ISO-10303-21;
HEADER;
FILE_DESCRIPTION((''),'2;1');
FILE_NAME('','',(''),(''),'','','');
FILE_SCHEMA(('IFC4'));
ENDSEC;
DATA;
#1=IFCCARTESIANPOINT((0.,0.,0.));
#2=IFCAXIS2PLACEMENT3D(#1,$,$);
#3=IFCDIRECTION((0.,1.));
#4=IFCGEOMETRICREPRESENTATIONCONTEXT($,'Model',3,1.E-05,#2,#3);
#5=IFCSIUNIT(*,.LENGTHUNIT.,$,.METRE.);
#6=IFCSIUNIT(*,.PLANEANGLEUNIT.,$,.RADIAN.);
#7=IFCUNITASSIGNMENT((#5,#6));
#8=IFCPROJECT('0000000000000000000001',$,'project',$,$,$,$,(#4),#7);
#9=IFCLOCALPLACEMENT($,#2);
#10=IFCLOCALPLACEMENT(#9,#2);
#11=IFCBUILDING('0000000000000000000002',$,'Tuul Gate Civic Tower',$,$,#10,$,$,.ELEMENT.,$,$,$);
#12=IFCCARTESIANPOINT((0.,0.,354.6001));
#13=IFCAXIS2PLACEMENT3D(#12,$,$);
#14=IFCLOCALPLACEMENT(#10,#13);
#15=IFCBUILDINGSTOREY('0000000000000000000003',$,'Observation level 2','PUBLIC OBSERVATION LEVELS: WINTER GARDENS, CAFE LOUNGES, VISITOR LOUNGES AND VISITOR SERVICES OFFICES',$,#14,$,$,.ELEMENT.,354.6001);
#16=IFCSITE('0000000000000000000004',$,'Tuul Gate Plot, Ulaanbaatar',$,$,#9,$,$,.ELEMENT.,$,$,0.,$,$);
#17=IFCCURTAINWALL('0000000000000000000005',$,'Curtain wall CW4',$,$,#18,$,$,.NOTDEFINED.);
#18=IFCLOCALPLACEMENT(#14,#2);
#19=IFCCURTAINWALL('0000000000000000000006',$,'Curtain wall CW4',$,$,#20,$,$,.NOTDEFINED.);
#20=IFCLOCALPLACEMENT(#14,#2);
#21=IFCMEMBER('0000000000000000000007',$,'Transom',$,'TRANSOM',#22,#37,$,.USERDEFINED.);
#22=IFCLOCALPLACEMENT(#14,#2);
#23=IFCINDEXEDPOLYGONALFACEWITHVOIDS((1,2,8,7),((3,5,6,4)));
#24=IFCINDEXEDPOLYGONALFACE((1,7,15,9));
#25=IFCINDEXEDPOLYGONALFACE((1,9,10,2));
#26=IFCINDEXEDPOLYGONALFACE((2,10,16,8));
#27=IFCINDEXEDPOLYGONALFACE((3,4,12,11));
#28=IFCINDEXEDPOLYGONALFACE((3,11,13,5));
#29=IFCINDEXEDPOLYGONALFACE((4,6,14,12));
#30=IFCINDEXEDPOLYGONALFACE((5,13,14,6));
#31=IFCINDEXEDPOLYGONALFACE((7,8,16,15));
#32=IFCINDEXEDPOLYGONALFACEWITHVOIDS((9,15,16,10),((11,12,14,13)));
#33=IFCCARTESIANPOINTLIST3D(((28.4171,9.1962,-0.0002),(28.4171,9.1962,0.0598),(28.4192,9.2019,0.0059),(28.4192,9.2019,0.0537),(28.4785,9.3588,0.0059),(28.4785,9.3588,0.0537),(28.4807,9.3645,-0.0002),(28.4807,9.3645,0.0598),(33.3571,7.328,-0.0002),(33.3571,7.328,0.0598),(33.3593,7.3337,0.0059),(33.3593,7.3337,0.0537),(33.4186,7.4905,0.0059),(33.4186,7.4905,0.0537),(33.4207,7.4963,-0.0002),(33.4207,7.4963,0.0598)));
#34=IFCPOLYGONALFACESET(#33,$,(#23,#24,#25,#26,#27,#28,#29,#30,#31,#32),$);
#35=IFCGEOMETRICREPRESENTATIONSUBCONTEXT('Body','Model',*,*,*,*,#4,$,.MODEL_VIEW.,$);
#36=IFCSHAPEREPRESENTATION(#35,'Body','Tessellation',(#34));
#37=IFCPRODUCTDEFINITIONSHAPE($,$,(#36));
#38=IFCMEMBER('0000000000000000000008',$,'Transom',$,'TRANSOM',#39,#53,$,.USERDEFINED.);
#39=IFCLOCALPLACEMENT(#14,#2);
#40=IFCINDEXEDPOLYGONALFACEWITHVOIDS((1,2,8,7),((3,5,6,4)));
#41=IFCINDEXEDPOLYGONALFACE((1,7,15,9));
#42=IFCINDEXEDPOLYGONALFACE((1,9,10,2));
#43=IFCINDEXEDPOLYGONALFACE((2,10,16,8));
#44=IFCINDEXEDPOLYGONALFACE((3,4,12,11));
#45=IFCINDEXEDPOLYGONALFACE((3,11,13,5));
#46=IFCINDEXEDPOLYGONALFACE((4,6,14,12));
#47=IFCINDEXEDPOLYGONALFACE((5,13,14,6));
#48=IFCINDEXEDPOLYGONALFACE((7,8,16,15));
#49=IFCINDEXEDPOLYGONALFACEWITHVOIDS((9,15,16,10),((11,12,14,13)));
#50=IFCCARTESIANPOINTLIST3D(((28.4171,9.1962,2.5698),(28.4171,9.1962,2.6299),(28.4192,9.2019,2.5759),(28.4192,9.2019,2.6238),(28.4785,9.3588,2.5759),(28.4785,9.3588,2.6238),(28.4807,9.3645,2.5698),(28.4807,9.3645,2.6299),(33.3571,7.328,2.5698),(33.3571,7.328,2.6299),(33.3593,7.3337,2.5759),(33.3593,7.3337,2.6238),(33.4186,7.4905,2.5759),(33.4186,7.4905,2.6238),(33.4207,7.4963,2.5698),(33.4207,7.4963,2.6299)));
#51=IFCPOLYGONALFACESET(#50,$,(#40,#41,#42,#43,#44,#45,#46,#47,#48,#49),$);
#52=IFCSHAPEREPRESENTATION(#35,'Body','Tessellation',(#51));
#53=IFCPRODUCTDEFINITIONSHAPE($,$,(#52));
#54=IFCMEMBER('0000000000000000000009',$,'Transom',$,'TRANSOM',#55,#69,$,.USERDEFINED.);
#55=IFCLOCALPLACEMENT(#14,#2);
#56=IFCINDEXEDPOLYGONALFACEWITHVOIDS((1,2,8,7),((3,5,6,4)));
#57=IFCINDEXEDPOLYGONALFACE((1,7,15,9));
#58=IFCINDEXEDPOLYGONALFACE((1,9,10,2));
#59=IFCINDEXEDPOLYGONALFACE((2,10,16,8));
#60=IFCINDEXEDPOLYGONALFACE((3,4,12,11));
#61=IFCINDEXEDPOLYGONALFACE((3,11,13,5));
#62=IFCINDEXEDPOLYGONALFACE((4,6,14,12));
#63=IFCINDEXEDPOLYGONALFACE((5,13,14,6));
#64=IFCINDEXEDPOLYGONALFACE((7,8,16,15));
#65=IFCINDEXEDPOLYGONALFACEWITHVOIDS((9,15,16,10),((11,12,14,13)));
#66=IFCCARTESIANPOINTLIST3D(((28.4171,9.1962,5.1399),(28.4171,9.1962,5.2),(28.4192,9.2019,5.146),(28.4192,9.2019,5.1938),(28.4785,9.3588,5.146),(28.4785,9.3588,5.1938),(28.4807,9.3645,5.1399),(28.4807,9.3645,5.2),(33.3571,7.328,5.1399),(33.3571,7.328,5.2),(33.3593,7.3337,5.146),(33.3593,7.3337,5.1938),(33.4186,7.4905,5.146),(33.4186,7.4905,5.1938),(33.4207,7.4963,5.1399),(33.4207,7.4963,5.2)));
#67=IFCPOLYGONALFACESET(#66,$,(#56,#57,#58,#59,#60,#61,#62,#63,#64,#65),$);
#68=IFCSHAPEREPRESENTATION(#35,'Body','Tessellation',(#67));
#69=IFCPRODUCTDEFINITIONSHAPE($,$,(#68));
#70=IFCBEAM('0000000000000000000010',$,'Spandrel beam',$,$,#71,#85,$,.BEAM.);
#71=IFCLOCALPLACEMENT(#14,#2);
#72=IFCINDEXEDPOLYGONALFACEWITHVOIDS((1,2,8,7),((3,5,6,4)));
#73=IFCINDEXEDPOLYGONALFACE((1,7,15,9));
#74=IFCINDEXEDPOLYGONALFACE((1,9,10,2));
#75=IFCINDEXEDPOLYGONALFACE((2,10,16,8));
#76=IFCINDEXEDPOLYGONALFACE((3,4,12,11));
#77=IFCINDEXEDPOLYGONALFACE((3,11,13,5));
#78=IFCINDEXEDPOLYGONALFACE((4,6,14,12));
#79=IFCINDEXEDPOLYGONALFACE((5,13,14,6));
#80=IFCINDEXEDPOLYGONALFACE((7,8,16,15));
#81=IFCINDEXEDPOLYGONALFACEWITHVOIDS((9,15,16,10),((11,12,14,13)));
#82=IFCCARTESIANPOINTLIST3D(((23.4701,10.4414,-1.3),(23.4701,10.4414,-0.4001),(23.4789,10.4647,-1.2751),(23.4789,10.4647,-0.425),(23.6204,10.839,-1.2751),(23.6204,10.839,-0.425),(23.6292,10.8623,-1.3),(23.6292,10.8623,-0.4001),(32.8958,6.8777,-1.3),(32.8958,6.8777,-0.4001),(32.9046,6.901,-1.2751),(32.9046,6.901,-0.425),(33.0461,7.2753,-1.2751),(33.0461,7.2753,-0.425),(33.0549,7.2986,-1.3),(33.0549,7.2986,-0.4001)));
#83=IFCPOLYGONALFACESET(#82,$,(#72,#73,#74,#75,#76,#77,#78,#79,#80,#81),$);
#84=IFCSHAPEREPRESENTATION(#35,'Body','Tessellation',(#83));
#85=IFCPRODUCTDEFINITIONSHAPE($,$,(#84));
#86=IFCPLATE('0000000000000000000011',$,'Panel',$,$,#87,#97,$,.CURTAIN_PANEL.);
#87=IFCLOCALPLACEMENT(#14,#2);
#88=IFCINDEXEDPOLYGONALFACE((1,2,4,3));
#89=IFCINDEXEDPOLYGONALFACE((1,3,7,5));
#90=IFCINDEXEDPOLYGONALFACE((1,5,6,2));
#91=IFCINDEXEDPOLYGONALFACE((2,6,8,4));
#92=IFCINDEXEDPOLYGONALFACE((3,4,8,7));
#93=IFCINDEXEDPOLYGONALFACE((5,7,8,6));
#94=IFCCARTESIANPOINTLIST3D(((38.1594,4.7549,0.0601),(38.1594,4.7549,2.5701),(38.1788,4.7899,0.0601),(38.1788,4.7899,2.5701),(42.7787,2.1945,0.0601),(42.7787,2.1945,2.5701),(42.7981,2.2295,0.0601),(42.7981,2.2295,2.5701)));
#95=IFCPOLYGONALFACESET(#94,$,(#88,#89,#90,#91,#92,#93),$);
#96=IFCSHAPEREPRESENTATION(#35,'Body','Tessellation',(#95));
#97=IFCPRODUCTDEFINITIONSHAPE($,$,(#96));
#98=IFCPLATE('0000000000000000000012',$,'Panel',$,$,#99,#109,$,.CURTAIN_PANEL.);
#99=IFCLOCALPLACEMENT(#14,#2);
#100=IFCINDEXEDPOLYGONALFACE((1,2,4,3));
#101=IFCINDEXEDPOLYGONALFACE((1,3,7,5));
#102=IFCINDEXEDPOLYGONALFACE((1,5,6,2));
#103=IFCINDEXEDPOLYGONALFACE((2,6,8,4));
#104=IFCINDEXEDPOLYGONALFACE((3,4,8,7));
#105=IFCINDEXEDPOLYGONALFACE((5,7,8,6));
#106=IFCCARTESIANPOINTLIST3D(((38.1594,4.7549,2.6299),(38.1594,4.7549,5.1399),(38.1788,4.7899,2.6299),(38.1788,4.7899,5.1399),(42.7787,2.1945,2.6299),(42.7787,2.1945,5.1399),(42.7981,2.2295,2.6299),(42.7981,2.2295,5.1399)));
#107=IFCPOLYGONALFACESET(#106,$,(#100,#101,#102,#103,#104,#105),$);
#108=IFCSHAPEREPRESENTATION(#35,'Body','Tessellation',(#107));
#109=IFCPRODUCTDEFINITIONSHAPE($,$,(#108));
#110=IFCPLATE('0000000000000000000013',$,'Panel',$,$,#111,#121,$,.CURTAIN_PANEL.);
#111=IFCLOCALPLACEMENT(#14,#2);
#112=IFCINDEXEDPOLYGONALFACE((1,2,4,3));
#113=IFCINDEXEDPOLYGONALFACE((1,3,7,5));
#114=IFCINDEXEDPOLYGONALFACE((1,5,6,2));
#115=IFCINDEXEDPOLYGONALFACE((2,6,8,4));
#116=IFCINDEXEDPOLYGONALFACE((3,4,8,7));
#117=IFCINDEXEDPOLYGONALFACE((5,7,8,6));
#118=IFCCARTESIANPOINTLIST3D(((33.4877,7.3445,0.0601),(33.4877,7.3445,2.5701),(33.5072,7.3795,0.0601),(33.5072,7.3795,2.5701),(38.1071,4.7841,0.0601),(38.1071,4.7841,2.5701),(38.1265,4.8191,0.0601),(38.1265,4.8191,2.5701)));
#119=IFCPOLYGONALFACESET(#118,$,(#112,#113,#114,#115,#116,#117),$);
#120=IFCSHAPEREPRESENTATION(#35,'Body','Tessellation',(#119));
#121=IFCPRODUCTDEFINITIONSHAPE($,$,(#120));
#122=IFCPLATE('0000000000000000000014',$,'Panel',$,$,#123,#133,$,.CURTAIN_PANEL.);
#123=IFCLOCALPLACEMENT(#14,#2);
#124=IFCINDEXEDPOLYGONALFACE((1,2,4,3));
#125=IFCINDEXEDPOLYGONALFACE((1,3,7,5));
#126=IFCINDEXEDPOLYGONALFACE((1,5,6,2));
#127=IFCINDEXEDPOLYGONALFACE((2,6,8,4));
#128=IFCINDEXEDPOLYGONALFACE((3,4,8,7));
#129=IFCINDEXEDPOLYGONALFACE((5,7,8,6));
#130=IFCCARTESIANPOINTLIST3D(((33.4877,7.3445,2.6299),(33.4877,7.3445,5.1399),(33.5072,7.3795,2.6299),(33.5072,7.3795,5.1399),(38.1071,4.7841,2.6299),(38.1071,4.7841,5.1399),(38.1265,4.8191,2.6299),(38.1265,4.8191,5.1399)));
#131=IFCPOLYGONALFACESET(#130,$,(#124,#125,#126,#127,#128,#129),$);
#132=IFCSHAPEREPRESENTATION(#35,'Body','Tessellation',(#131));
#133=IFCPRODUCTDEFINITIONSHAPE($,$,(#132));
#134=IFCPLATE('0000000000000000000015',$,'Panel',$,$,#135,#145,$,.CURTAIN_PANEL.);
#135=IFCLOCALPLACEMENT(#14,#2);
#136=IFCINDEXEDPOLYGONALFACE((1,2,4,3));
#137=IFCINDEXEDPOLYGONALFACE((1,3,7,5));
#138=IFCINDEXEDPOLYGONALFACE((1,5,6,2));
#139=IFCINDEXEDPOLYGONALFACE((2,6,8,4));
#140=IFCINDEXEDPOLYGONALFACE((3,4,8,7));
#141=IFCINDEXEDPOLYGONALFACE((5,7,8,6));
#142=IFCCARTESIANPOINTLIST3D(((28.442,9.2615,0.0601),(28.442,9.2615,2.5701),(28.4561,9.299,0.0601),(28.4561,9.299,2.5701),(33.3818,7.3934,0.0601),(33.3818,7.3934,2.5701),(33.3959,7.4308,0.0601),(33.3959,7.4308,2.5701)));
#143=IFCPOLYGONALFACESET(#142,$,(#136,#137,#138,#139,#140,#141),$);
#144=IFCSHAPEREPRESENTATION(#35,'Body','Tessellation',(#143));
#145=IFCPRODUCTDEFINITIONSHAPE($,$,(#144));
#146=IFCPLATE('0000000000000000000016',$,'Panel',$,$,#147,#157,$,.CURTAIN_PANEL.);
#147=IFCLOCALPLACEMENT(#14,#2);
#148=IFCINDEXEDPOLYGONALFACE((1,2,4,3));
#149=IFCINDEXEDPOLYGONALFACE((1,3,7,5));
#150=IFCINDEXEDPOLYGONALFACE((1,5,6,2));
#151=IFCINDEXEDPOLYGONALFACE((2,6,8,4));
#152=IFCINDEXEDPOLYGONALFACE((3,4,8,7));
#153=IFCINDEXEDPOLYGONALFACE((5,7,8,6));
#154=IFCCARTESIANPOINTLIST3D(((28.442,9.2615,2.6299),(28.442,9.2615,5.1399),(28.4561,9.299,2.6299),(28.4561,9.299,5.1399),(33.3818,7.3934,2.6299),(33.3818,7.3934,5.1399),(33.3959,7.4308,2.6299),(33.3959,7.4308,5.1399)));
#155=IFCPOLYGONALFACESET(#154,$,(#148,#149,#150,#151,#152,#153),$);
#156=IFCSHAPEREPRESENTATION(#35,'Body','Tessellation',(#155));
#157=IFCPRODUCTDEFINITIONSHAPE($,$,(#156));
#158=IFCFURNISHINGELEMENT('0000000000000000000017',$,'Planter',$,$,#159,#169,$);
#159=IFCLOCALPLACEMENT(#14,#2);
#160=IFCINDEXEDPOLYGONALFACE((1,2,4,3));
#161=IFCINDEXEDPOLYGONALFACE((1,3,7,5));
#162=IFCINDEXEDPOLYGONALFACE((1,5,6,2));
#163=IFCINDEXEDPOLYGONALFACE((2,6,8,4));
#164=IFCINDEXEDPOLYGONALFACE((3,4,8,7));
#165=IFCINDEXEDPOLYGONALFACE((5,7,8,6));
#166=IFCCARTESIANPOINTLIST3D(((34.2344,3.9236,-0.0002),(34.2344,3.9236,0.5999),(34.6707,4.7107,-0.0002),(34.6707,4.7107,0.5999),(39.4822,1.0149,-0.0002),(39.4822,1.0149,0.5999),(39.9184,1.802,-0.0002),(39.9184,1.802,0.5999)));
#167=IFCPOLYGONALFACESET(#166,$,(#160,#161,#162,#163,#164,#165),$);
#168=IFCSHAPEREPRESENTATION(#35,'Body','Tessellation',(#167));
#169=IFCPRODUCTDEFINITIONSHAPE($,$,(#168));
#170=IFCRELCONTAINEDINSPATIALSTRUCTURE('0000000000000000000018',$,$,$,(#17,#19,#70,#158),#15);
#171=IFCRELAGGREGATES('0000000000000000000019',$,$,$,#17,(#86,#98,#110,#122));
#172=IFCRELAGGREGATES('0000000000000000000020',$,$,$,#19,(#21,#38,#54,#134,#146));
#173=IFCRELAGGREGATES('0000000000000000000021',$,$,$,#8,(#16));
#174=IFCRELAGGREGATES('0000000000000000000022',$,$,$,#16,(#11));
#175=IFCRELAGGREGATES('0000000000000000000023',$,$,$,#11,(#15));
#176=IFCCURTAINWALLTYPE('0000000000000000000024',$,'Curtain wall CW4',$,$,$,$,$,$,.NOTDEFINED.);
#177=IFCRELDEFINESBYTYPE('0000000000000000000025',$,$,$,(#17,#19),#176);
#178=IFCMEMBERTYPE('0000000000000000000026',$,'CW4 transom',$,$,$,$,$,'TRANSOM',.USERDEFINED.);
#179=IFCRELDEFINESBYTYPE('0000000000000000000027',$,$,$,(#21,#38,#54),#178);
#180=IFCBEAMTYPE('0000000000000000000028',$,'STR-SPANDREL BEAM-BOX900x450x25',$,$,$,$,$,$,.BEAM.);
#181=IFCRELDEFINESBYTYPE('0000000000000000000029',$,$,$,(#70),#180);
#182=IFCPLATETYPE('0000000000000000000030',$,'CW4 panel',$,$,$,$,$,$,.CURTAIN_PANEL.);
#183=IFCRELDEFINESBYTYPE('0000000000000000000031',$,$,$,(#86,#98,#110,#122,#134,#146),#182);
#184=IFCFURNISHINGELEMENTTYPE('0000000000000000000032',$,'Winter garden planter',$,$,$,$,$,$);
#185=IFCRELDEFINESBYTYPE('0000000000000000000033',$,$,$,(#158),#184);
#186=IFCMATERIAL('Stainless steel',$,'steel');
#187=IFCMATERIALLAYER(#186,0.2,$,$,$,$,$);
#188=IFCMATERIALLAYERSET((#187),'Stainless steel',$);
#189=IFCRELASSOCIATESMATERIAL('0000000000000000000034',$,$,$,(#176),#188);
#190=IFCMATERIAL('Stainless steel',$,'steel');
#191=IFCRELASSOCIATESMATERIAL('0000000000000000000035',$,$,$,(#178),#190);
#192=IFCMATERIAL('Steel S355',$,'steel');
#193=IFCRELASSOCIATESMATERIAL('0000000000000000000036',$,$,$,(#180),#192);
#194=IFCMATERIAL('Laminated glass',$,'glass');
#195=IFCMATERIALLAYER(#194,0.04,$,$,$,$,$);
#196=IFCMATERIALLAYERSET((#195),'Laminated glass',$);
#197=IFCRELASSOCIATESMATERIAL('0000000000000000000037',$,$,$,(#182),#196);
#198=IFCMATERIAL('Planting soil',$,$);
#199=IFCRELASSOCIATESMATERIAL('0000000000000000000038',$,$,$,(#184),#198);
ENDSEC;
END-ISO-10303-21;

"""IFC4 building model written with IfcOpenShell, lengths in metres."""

from ifc_helpers import new_model, si_unit, direction, frame, origin, origin_2d, place, context, subcontext, project, spatial, rectangle, hollow_rectangle, extrude, material, layer, layer_set, material_profile, profile_set, type_object, element, aggregate, save


model = new_model("IFC4")

# Units and contexts
model_context = context("Model", 3, precision=1e-05, world=origin(), true_north=direction((0.0, 1.0)))
body_context = subcontext(model_context, "Body", "Model", "MODEL_VIEW")
ifc_project = project(units=[si_unit("LENGTHUNIT", "METRE"), si_unit("PLANEANGLEUNIT", "RADIAN")], contexts=[model_context])

# Site, building, storey
site_placement = place(None, origin())
site = spatial("IfcSite", under=ifc_project, at=site_placement, Name="Tuul Gate Plot, Ulaanbaatar", CompositionType="ELEMENT", RefElevation=0.0)
building_placement = place(site_placement, origin())
building = spatial("IfcBuilding", under=site, at=building_placement, Name="Tuul Gate Civic Tower", CompositionType="ELEMENT")
storey_placement = place(building_placement, frame((0.0, 0.0, 354.6001)))
storey = spatial("IfcBuildingStorey", under=building, at=storey_placement, Name="Observation level 2", Description="PUBLIC OBSERVATION LEVELS: WINTER GARDENS, CAFE LOUNGES, VISITOR LOUNGES AND VISITOR SERVICES OFFICES", CompositionType="ELEMENT", Elevation=354.6001)

# Curtain wall
ifc_material_1 = material(Name="Stainless steel", Category="steel")
ifc_layer_1 = layer(ifc_material_1, 0.2)
ifc_layer_set_1 = layer_set([ifc_layer_1], Name="Stainless steel")
curtain_wall_type = type_object("IfcCurtainWallType", Name="Curtain wall CW4", PredefinedType="NOTDEFINED", material=ifc_layer_set_1)
curtain_wall_1_placement = place(storey_placement, origin())
curtain_wall_1 = element("IfcCurtainWall", 1, at=curtain_wall_1_placement, inside=storey, type_object=curtain_wall_type, Name="Curtain wall CW4", PredefinedType="NOTDEFINED")

# Curtain wall
curtain_wall_2_placement = place(storey_placement, origin())
curtain_wall_2 = element("IfcCurtainWall", 2, at=curtain_wall_2_placement, inside=storey, type_object=curtain_wall_type, Name="Curtain wall CW4", PredefinedType="NOTDEFINED")

# Members
ifc_material_2 = material(Name="Stainless steel", Category="steel")
ifc_material_profile_1 = material_profile(ifc_material_2, hollow_rectangle(XDim=0.1799, YDim=0.0601, WallThickness=0.0061, at=origin_2d()), Name="CW4 transom")
ifc_profile_set_1 = profile_set([ifc_material_profile_1], Name="Stainless steel")
member_type_1 = type_object("IfcMemberType", Name="CW4 transom", ElementType="TRANSOM", PredefinedType="USERDEFINED", material=ifc_profile_set_1)
member_1_placement = place(storey_placement, frame((33.3889, 7.4121, 0.0298), z_axis=(-0.935349, 0.353726, 0.0), x_axis=(-0.353726, -0.935349, 0.0)))
member_1 = element("IfcMember", 3, at=member_1_placement, type_object=member_type_1, Name="Transom", ObjectType="TRANSOM", PredefinedType="USERDEFINED", context=body_context, shape_type="SweptSolid", body=[
    extrude(hollow_rectangle(XDim=0.1799, YDim=0.0601, WallThickness=0.0061, at=origin_2d()), origin(), (0.0, 0.0, 1.0), 5.2815),
])
member_2_placement = place(storey_placement, frame((33.3889, 7.4121, 2.5999), z_axis=(-0.935349, 0.353726, 0.0), x_axis=(-0.353726, -0.935349, 0.0)))
member_2 = element("IfcMember", 4, at=member_2_placement, type_object=member_type_1, Name="Transom", ObjectType="TRANSOM", PredefinedType="USERDEFINED", context=body_context, shape_type="SweptSolid", body=[
    extrude(hollow_rectangle(XDim=0.1799, YDim=0.0601, WallThickness=0.0061, at=origin_2d()), origin(), (0.0, 0.0, 1.0), 5.2815),
])
member_3_placement = place(storey_placement, frame((33.3889, 7.4121, 5.1699), z_axis=(-0.935349, 0.353726, 0.0), x_axis=(-0.353726, -0.935349, 0.0)))
member_3 = element("IfcMember", 5, at=member_3_placement, type_object=member_type_1, Name="Transom", ObjectType="TRANSOM", PredefinedType="USERDEFINED", context=body_context, shape_type="SweptSolid", body=[
    extrude(hollow_rectangle(XDim=0.1799, YDim=0.0601, WallThickness=0.0061, at=origin_2d()), origin(), (0.0, 0.0, 1.0), 5.2815),
])

# Beam
ifc_material_3 = material(Name="Steel S355", Category="steel")
ifc_material_profile_2 = material_profile(ifc_material_3, hollow_rectangle(XDim=0.45, YDim=0.8999, WallThickness=0.0249, at=origin_2d()), Name="BOX900x450x25")
ifc_profile_set_2 = profile_set([ifc_material_profile_2], Name="Steel S355")
beam_type = type_object("IfcBeamType", Name="STR-SPANDREL BEAM-BOX900x450x25", PredefinedType="BEAM", material=ifc_profile_set_2)
beam_placement = place(storey_placement, frame((32.9753, 7.0881, -0.8501), z_axis=(-0.935378, 0.35365, 0.0), x_axis=(-0.35365, -0.935378, 0.0)))
element("IfcBeam", 6, at=beam_placement, inside=storey, type_object=beam_type, Name="Spandrel beam", PredefinedType="BEAM", context=body_context, shape_type="SweptSolid", body=[
    extrude(hollow_rectangle(XDim=0.45, YDim=0.8999, WallThickness=0.0249, at=origin_2d()), origin(), (0.0, 0.0, 1.0), 10.0769),
])

# Plates
ifc_material_4 = material(Name="Laminated glass", Category="glass")
ifc_layer_2 = layer(ifc_material_4, 0.04)
ifc_layer_set_2 = layer_set([ifc_layer_2], Name="Laminated glass")
plate_type = type_object("IfcPlateType", Name="CW4 panel", PredefinedType="CURTAIN_PANEL", material=ifc_layer_set_2)
plate_1_placement = place(storey_placement, frame((40.4788, 3.4922, 0.0601), z_axis=(0.0, 0.0, 1.0), x_axis=(-0.874631, 0.484789, 0.0)))
plate_1 = element("IfcPlate", 7, at=plate_1_placement, type_object=plate_type, Name="Panel", PredefinedType="CURTAIN_PANEL", context=body_context, shape_type="SweptSolid", body=[
    extrude(rectangle(XDim=5.2815, YDim=0.04, at=origin_2d()), origin(), (0.0, 0.0, 1.0), 2.51),
])
plate_2_placement = place(storey_placement, frame((40.4788, 3.4922, 2.6299), z_axis=(0.0, 0.0, 1.0), x_axis=(-0.874631, 0.484789, 0.0)))
plate_2 = element("IfcPlate", 8, at=plate_2_placement, type_object=plate_type, Name="Panel", PredefinedType="CURTAIN_PANEL", context=body_context, shape_type="SweptSolid", body=[
    extrude(rectangle(XDim=5.2815, YDim=0.04, at=origin_2d()), origin(), (0.0, 0.0, 1.0), 2.51),
])
plate_3_placement = place(storey_placement, frame((35.8071, 6.0818, 0.0601), z_axis=(0.0, 0.0, 1.0), x_axis=(-0.874631, 0.484789, 0.0)))
plate_3 = element("IfcPlate", 9, at=plate_3_placement, type_object=plate_type, Name="Panel", PredefinedType="CURTAIN_PANEL", context=body_context, shape_type="SweptSolid", body=[
    extrude(rectangle(XDim=5.2815, YDim=0.04, at=origin_2d()), origin(), (0.0, 0.0, 1.0), 2.51),
])
plate_4_placement = place(storey_placement, frame((35.8071, 6.0818, 2.6299), z_axis=(0.0, 0.0, 1.0), x_axis=(-0.874631, 0.484789, 0.0)))
plate_4 = element("IfcPlate", 10, at=plate_4_placement, type_object=plate_type, Name="Panel", PredefinedType="CURTAIN_PANEL", context=body_context, shape_type="SweptSolid", body=[
    extrude(rectangle(XDim=5.2815, YDim=0.04, at=origin_2d()), origin(), (0.0, 0.0, 1.0), 2.51),
])
aggregate(curtain_wall_1, [plate_1, plate_2, plate_3, plate_4])
plate_5_placement = place(storey_placement, frame((30.9189, 8.3462, 0.0601), z_axis=(0.0, 0.0, 1.0), x_axis=(-0.935346, 0.353734, 0.0)))
plate_5 = element("IfcPlate", 11, at=plate_5_placement, type_object=plate_type, Name="Panel", PredefinedType="CURTAIN_PANEL", context=body_context, shape_type="SweptSolid", body=[
    extrude(rectangle(XDim=5.2812, YDim=0.04, at=origin_2d()), origin(), (0.0, 0.0, 1.0), 2.51),
])
plate_6_placement = place(storey_placement, frame((30.9189, 8.3462, 2.6299), z_axis=(0.0, 0.0, 1.0), x_axis=(-0.935346, 0.353734, 0.0)))
plate_6 = element("IfcPlate", 12, at=plate_6_placement, type_object=plate_type, Name="Panel", PredefinedType="CURTAIN_PANEL", context=body_context, shape_type="SweptSolid", body=[
    extrude(rectangle(XDim=5.2812, YDim=0.04, at=origin_2d()), origin(), (0.0, 0.0, 1.0), 2.51),
])
aggregate(curtain_wall_2, [member_1, member_2, member_3, plate_5, plate_6])

# Furnishing element
ifc_material_5 = material(Name="Planting soil")
furnishing_element_type = type_object("IfcFurnishingElementType", Name="Winter garden planter", material=ifc_material_5)
furnishing_placement = place(storey_placement, frame((37.0764, 2.8628, -0.0002), z_axis=(0.0, 0.0, 1.0), x_axis=(-0.874631, 0.484789, 0.0)))
element("IfcFurnishingElement", 13, at=furnishing_placement, inside=storey, type_object=furnishing_element_type, Name="Planter", context=body_context, shape_type="SweptSolid", body=[
    extrude(rectangle(XDim=6.0, YDim=0.8999, at=origin_2d()), origin(), (0.0, 0.0, 1.0), 0.6001),
])

save(model, "model.ifc")
